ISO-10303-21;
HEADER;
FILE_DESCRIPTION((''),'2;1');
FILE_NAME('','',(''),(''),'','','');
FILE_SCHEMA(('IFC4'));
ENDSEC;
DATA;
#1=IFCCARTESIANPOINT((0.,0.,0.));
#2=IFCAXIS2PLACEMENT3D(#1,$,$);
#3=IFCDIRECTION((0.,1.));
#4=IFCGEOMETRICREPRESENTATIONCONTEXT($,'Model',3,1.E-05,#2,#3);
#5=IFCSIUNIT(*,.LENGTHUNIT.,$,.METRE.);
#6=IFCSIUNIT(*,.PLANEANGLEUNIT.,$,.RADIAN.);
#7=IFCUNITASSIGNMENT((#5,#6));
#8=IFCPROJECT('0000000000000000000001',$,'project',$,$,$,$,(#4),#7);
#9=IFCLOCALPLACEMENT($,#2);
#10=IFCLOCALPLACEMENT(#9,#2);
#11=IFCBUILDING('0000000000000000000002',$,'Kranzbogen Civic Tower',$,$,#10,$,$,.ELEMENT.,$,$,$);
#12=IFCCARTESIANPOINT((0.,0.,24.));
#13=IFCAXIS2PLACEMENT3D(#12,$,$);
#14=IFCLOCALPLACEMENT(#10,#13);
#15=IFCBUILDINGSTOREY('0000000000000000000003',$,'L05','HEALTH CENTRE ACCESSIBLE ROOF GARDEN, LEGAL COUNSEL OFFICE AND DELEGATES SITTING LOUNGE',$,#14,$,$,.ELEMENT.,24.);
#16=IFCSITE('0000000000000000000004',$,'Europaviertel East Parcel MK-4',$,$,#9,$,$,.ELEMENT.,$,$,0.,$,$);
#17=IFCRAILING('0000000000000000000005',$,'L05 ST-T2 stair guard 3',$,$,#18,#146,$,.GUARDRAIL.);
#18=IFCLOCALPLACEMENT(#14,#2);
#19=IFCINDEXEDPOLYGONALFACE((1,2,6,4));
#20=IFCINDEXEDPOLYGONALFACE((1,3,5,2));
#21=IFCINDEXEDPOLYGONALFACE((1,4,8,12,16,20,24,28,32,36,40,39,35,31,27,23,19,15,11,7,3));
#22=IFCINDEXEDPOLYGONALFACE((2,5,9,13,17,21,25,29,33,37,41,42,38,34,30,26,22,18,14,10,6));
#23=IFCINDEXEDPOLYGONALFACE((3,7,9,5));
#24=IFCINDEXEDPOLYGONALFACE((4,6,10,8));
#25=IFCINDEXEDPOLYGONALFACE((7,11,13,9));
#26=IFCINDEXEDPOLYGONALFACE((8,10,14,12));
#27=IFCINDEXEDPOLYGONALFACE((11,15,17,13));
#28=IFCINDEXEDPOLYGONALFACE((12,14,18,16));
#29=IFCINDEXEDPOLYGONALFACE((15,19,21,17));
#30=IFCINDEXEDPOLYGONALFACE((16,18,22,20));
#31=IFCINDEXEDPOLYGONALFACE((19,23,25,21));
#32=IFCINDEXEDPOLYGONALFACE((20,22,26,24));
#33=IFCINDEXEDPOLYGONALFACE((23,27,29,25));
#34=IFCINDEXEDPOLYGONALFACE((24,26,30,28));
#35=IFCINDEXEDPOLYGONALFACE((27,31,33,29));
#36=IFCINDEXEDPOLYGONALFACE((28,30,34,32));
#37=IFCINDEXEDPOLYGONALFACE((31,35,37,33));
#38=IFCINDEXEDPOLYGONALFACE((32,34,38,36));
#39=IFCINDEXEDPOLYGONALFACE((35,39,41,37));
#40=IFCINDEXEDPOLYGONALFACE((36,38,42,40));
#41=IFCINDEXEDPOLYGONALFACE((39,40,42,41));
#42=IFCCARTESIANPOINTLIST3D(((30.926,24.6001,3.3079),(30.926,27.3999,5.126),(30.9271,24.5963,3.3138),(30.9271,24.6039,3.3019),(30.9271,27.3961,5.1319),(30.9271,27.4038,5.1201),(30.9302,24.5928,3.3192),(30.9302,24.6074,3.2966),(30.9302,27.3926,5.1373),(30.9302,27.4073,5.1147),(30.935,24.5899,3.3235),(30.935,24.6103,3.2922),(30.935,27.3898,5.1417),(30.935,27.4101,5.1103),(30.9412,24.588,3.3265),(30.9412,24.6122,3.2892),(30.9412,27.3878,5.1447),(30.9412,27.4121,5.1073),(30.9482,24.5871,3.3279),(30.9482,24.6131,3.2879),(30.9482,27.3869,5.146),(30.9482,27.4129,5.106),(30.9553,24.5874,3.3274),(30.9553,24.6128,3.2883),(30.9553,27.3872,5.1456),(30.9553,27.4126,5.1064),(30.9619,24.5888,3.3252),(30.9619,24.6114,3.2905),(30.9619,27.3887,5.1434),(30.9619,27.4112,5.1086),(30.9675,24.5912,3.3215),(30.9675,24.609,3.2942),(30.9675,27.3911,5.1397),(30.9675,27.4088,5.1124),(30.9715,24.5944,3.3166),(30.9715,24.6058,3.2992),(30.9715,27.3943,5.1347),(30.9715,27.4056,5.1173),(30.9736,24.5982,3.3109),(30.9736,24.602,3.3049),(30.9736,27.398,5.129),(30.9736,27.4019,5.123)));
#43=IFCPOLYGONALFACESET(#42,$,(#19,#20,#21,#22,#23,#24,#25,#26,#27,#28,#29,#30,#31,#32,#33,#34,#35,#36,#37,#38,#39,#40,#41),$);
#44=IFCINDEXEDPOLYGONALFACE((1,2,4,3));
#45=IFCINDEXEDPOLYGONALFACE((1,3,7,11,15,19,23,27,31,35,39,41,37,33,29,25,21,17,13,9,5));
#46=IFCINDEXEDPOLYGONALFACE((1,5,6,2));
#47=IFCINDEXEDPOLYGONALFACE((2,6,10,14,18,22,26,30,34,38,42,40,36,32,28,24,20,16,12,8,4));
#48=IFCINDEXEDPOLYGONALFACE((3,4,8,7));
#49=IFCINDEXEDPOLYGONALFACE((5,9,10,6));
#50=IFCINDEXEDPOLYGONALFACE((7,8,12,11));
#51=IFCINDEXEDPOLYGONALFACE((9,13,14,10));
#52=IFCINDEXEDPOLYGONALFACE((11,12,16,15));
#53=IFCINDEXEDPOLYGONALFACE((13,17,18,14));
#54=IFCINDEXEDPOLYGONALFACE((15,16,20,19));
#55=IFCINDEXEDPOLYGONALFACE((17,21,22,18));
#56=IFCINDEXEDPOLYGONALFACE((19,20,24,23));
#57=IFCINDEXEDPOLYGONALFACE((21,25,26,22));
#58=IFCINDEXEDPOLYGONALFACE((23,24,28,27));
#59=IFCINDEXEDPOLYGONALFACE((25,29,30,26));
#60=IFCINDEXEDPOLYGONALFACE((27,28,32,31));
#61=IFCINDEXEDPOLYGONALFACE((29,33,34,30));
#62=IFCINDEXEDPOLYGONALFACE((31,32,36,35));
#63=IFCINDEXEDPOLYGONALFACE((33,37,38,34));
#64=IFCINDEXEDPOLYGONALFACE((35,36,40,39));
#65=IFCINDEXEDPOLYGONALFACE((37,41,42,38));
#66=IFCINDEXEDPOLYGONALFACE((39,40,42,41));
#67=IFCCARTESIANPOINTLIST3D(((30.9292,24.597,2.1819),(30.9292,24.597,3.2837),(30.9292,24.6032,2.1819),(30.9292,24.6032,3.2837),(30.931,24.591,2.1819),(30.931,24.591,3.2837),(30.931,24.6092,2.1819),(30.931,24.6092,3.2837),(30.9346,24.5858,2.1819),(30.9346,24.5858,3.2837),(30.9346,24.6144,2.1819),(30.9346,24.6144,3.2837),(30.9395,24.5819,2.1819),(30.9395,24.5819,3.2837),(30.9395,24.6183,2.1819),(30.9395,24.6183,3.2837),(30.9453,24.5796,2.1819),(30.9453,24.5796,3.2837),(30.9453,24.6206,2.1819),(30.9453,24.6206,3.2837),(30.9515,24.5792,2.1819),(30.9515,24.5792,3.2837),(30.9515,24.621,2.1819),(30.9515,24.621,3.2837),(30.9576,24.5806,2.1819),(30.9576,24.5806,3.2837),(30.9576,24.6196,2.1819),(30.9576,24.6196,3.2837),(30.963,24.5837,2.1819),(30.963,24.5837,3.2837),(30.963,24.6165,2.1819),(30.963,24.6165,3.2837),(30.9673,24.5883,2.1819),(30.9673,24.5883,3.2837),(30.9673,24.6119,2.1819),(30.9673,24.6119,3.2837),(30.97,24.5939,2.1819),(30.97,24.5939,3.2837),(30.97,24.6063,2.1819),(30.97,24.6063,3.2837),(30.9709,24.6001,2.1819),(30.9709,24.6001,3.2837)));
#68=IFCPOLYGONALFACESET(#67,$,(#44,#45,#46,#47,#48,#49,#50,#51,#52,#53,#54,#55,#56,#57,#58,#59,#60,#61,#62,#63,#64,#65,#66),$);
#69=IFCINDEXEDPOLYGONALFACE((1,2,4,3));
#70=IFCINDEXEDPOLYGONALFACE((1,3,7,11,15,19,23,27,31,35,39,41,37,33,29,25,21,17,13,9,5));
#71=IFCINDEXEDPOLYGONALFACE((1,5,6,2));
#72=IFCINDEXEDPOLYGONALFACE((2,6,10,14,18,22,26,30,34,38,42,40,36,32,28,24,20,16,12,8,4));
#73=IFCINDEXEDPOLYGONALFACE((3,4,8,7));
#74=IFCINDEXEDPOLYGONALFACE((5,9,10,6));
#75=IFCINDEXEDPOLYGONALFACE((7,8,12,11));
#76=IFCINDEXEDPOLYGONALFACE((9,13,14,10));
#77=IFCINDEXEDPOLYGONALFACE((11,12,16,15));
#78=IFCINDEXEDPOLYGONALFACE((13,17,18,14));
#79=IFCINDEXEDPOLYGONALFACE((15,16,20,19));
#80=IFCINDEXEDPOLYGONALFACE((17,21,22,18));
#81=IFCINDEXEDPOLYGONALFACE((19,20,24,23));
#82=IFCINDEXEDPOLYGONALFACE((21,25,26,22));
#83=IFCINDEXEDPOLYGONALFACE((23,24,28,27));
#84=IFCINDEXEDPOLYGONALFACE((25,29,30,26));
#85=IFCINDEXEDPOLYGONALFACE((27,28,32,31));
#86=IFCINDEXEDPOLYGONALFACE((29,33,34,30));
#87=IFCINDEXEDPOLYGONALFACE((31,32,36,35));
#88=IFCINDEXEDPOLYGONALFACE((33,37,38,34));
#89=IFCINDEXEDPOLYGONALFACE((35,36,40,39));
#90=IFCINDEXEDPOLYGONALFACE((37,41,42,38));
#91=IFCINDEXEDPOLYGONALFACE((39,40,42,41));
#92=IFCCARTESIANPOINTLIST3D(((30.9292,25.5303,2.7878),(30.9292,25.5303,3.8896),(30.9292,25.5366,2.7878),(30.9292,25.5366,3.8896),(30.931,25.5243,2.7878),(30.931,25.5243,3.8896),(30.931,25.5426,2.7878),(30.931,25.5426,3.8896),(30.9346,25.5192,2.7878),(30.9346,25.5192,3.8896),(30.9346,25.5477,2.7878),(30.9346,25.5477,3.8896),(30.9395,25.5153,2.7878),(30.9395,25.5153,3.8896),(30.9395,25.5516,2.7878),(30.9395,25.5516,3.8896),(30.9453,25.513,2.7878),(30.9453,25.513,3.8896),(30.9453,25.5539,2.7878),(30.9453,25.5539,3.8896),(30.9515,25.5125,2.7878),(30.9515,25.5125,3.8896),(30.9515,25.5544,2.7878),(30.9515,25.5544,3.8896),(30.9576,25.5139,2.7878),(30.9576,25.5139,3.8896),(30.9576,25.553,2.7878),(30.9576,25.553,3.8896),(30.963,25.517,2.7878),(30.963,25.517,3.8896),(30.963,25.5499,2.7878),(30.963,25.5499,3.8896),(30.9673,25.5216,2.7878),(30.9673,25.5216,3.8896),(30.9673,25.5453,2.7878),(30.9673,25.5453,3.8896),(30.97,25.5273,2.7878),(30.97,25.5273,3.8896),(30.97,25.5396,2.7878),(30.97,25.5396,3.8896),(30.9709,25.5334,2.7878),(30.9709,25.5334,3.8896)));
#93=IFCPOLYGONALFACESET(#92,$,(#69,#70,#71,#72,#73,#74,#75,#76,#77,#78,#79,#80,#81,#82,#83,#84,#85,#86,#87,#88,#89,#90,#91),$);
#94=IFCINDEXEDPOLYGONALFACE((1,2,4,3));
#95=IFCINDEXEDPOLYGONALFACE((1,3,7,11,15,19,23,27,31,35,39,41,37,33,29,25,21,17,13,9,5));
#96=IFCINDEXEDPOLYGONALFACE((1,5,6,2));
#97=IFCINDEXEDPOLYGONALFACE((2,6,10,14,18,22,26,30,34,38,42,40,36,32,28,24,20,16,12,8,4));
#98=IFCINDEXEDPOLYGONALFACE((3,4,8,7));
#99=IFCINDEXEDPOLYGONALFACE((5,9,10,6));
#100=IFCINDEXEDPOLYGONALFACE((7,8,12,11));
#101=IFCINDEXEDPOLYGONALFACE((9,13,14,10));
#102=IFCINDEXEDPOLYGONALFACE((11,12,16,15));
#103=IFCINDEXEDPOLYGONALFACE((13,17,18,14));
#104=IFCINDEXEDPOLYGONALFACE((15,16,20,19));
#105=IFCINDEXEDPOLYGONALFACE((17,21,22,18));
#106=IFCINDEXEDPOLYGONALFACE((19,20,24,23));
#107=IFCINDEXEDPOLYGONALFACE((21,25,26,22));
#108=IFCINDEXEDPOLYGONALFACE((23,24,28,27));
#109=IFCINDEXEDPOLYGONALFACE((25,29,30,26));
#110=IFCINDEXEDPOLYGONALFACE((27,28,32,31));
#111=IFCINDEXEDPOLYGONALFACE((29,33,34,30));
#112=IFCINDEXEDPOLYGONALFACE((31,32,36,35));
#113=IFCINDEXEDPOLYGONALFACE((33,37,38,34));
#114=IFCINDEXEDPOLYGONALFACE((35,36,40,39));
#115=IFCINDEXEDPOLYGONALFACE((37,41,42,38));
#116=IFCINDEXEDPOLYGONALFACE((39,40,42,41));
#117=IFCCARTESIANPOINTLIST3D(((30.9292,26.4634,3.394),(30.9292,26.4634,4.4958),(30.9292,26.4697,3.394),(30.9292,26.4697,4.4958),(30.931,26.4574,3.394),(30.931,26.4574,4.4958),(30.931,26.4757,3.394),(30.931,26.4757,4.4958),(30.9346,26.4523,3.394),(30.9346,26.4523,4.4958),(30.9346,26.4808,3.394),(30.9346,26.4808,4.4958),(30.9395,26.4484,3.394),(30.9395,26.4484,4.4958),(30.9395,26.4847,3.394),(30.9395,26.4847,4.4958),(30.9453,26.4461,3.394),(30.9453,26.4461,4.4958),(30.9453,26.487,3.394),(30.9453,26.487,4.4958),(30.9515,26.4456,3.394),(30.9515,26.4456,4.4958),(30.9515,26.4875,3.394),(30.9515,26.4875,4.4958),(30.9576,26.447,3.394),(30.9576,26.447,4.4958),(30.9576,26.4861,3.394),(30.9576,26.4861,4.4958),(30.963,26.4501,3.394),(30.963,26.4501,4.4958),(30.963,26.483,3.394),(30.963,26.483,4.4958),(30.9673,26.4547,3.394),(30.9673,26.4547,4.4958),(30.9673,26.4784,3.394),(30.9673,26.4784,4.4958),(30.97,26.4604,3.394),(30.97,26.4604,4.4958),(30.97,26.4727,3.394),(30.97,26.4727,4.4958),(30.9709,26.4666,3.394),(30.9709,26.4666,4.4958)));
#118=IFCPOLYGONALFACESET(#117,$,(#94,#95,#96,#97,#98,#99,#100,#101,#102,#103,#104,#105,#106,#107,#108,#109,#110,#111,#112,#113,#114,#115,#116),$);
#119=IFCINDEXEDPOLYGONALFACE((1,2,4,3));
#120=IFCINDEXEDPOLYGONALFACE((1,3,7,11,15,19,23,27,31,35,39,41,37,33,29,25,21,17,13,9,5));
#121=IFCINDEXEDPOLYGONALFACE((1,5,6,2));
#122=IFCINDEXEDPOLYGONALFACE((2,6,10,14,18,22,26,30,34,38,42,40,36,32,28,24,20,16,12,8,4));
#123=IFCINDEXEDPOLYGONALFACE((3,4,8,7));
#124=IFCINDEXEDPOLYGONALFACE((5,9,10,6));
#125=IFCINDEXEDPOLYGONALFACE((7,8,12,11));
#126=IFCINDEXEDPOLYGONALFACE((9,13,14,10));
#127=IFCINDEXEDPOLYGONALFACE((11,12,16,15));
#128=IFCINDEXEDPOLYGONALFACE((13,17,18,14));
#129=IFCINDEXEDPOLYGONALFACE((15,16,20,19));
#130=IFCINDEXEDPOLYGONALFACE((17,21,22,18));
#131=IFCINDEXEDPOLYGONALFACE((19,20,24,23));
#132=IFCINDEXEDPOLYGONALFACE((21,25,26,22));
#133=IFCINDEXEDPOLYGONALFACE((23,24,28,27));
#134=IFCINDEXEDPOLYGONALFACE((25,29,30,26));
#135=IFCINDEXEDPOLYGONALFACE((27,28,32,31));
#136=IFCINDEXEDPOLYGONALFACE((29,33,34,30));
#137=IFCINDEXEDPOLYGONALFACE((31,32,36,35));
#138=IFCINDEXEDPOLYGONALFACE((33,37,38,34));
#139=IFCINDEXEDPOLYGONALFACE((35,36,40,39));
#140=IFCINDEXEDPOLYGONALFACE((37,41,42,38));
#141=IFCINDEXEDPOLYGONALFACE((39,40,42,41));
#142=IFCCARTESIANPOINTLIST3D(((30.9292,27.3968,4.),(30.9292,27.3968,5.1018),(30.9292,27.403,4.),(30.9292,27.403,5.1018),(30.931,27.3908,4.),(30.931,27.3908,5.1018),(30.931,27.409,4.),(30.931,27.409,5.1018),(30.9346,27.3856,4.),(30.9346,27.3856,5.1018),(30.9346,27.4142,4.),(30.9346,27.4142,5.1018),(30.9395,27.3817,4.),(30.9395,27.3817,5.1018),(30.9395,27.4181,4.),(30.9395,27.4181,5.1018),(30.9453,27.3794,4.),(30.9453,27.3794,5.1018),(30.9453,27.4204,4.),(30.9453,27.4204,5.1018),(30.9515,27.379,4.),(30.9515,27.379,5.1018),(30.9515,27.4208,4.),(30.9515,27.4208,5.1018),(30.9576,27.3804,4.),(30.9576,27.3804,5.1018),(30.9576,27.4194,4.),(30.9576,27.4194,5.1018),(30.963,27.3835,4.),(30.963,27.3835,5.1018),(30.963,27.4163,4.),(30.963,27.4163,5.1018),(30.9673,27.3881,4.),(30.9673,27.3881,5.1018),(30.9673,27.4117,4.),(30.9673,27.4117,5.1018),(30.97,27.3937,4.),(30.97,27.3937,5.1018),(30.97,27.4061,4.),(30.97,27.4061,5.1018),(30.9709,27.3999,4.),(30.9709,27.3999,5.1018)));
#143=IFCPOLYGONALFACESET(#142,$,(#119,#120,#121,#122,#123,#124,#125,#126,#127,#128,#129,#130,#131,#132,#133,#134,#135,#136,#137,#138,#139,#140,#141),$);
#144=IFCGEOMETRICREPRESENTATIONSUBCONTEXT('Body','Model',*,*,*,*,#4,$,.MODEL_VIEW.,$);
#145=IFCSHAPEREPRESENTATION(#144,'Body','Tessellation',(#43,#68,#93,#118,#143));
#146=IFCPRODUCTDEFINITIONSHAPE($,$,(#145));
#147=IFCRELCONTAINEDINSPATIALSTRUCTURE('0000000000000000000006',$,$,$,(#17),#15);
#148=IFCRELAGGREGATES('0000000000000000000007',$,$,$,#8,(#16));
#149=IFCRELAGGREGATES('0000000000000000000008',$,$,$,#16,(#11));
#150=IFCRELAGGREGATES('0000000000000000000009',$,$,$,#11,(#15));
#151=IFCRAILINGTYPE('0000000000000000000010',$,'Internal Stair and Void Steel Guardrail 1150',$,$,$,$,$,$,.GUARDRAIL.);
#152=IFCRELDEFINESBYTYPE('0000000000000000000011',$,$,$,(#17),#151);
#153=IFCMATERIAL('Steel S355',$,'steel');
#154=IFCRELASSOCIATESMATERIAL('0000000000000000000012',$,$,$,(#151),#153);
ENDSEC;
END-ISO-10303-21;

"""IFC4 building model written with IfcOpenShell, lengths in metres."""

from ifc_helpers import new_model, si_unit, direction, frame, origin, origin_2d, place, context, subcontext, project, spatial, circle, extrude, material, type_object, element, save


model = new_model("IFC4")

# Units and contexts
model_context = context("Model", 3, precision=1e-05, world=origin(), true_north=direction((0.0, 1.0)))
body_context = subcontext(model_context, "Body", "Model", "MODEL_VIEW")
ifc_project = project(units=[si_unit("LENGTHUNIT", "METRE"), si_unit("PLANEANGLEUNIT", "RADIAN")], contexts=[model_context])

# Site, building, storey
site_placement = place(None, origin())
site = spatial("IfcSite", under=ifc_project, at=site_placement, Name="Europaviertel East Parcel MK-4", CompositionType="ELEMENT", RefElevation=0.0)
building_placement = place(site_placement, origin())
building = spatial("IfcBuilding", under=site, at=building_placement, Name="Kranzbogen Civic Tower", CompositionType="ELEMENT")
storey_placement = place(building_placement, frame((0.0, 0.0, 24.0)))
storey = spatial("IfcBuildingStorey", under=building, at=storey_placement, Name="L05", Description="HEALTH CENTRE ACCESSIBLE ROOF GARDEN, LEGAL COUNSEL OFFICE AND DELEGATES SITTING LOUNGE", CompositionType="ELEMENT", Elevation=24.0)

# Shared definitions
ifc_material_1 = material(Name="Steel S355", Category="steel")

# Railing
railing_type_1 = type_object("IfcRailingType", Name="Internal Stair and Void Steel Guardrail 1150", PredefinedType="GUARDRAIL", material=ifc_material_1)
railing_1_placement = place(storey_placement, frame((30.95, 24.6001, 2.1819)))
element("IfcRailing", 1, at=railing_1_placement, inside=storey, type_object=railing_type_1, Name="L05 ST-T2 stair guard 3", PredefinedType="GUARDRAIL", context=body_context, shape_type="SweptSolid", body=[
    extrude(circle(Radius=0.0239, at=origin_2d()), frame((0.0, 0.0, 1.126), z_axis=(0.0, 0.838684, 0.544618), x_axis=(-1.0, 0.0, 0.0)), (0.0, 0.0, 1.0), 3.3384),
    extrude(circle(Radius=0.021, at=origin_2d()), origin(), (0.0, 0.0, 1.0), 1.1018),
    extrude(circle(Radius=0.021, at=origin_2d()), frame((0.0, 0.9333, 0.606)), (0.0, 0.0, 1.0), 1.1018),
    extrude(circle(Radius=0.021, at=origin_2d()), frame((0.0, 1.8665, 1.2122)), (0.0, 0.0, 1.0), 1.1018),
    extrude(circle(Radius=0.021, at=origin_2d()), frame((0.0, 2.7998, 1.8181)), (0.0, 0.0, 1.0), 1.1018),
])

save(model, "model.ifc")
